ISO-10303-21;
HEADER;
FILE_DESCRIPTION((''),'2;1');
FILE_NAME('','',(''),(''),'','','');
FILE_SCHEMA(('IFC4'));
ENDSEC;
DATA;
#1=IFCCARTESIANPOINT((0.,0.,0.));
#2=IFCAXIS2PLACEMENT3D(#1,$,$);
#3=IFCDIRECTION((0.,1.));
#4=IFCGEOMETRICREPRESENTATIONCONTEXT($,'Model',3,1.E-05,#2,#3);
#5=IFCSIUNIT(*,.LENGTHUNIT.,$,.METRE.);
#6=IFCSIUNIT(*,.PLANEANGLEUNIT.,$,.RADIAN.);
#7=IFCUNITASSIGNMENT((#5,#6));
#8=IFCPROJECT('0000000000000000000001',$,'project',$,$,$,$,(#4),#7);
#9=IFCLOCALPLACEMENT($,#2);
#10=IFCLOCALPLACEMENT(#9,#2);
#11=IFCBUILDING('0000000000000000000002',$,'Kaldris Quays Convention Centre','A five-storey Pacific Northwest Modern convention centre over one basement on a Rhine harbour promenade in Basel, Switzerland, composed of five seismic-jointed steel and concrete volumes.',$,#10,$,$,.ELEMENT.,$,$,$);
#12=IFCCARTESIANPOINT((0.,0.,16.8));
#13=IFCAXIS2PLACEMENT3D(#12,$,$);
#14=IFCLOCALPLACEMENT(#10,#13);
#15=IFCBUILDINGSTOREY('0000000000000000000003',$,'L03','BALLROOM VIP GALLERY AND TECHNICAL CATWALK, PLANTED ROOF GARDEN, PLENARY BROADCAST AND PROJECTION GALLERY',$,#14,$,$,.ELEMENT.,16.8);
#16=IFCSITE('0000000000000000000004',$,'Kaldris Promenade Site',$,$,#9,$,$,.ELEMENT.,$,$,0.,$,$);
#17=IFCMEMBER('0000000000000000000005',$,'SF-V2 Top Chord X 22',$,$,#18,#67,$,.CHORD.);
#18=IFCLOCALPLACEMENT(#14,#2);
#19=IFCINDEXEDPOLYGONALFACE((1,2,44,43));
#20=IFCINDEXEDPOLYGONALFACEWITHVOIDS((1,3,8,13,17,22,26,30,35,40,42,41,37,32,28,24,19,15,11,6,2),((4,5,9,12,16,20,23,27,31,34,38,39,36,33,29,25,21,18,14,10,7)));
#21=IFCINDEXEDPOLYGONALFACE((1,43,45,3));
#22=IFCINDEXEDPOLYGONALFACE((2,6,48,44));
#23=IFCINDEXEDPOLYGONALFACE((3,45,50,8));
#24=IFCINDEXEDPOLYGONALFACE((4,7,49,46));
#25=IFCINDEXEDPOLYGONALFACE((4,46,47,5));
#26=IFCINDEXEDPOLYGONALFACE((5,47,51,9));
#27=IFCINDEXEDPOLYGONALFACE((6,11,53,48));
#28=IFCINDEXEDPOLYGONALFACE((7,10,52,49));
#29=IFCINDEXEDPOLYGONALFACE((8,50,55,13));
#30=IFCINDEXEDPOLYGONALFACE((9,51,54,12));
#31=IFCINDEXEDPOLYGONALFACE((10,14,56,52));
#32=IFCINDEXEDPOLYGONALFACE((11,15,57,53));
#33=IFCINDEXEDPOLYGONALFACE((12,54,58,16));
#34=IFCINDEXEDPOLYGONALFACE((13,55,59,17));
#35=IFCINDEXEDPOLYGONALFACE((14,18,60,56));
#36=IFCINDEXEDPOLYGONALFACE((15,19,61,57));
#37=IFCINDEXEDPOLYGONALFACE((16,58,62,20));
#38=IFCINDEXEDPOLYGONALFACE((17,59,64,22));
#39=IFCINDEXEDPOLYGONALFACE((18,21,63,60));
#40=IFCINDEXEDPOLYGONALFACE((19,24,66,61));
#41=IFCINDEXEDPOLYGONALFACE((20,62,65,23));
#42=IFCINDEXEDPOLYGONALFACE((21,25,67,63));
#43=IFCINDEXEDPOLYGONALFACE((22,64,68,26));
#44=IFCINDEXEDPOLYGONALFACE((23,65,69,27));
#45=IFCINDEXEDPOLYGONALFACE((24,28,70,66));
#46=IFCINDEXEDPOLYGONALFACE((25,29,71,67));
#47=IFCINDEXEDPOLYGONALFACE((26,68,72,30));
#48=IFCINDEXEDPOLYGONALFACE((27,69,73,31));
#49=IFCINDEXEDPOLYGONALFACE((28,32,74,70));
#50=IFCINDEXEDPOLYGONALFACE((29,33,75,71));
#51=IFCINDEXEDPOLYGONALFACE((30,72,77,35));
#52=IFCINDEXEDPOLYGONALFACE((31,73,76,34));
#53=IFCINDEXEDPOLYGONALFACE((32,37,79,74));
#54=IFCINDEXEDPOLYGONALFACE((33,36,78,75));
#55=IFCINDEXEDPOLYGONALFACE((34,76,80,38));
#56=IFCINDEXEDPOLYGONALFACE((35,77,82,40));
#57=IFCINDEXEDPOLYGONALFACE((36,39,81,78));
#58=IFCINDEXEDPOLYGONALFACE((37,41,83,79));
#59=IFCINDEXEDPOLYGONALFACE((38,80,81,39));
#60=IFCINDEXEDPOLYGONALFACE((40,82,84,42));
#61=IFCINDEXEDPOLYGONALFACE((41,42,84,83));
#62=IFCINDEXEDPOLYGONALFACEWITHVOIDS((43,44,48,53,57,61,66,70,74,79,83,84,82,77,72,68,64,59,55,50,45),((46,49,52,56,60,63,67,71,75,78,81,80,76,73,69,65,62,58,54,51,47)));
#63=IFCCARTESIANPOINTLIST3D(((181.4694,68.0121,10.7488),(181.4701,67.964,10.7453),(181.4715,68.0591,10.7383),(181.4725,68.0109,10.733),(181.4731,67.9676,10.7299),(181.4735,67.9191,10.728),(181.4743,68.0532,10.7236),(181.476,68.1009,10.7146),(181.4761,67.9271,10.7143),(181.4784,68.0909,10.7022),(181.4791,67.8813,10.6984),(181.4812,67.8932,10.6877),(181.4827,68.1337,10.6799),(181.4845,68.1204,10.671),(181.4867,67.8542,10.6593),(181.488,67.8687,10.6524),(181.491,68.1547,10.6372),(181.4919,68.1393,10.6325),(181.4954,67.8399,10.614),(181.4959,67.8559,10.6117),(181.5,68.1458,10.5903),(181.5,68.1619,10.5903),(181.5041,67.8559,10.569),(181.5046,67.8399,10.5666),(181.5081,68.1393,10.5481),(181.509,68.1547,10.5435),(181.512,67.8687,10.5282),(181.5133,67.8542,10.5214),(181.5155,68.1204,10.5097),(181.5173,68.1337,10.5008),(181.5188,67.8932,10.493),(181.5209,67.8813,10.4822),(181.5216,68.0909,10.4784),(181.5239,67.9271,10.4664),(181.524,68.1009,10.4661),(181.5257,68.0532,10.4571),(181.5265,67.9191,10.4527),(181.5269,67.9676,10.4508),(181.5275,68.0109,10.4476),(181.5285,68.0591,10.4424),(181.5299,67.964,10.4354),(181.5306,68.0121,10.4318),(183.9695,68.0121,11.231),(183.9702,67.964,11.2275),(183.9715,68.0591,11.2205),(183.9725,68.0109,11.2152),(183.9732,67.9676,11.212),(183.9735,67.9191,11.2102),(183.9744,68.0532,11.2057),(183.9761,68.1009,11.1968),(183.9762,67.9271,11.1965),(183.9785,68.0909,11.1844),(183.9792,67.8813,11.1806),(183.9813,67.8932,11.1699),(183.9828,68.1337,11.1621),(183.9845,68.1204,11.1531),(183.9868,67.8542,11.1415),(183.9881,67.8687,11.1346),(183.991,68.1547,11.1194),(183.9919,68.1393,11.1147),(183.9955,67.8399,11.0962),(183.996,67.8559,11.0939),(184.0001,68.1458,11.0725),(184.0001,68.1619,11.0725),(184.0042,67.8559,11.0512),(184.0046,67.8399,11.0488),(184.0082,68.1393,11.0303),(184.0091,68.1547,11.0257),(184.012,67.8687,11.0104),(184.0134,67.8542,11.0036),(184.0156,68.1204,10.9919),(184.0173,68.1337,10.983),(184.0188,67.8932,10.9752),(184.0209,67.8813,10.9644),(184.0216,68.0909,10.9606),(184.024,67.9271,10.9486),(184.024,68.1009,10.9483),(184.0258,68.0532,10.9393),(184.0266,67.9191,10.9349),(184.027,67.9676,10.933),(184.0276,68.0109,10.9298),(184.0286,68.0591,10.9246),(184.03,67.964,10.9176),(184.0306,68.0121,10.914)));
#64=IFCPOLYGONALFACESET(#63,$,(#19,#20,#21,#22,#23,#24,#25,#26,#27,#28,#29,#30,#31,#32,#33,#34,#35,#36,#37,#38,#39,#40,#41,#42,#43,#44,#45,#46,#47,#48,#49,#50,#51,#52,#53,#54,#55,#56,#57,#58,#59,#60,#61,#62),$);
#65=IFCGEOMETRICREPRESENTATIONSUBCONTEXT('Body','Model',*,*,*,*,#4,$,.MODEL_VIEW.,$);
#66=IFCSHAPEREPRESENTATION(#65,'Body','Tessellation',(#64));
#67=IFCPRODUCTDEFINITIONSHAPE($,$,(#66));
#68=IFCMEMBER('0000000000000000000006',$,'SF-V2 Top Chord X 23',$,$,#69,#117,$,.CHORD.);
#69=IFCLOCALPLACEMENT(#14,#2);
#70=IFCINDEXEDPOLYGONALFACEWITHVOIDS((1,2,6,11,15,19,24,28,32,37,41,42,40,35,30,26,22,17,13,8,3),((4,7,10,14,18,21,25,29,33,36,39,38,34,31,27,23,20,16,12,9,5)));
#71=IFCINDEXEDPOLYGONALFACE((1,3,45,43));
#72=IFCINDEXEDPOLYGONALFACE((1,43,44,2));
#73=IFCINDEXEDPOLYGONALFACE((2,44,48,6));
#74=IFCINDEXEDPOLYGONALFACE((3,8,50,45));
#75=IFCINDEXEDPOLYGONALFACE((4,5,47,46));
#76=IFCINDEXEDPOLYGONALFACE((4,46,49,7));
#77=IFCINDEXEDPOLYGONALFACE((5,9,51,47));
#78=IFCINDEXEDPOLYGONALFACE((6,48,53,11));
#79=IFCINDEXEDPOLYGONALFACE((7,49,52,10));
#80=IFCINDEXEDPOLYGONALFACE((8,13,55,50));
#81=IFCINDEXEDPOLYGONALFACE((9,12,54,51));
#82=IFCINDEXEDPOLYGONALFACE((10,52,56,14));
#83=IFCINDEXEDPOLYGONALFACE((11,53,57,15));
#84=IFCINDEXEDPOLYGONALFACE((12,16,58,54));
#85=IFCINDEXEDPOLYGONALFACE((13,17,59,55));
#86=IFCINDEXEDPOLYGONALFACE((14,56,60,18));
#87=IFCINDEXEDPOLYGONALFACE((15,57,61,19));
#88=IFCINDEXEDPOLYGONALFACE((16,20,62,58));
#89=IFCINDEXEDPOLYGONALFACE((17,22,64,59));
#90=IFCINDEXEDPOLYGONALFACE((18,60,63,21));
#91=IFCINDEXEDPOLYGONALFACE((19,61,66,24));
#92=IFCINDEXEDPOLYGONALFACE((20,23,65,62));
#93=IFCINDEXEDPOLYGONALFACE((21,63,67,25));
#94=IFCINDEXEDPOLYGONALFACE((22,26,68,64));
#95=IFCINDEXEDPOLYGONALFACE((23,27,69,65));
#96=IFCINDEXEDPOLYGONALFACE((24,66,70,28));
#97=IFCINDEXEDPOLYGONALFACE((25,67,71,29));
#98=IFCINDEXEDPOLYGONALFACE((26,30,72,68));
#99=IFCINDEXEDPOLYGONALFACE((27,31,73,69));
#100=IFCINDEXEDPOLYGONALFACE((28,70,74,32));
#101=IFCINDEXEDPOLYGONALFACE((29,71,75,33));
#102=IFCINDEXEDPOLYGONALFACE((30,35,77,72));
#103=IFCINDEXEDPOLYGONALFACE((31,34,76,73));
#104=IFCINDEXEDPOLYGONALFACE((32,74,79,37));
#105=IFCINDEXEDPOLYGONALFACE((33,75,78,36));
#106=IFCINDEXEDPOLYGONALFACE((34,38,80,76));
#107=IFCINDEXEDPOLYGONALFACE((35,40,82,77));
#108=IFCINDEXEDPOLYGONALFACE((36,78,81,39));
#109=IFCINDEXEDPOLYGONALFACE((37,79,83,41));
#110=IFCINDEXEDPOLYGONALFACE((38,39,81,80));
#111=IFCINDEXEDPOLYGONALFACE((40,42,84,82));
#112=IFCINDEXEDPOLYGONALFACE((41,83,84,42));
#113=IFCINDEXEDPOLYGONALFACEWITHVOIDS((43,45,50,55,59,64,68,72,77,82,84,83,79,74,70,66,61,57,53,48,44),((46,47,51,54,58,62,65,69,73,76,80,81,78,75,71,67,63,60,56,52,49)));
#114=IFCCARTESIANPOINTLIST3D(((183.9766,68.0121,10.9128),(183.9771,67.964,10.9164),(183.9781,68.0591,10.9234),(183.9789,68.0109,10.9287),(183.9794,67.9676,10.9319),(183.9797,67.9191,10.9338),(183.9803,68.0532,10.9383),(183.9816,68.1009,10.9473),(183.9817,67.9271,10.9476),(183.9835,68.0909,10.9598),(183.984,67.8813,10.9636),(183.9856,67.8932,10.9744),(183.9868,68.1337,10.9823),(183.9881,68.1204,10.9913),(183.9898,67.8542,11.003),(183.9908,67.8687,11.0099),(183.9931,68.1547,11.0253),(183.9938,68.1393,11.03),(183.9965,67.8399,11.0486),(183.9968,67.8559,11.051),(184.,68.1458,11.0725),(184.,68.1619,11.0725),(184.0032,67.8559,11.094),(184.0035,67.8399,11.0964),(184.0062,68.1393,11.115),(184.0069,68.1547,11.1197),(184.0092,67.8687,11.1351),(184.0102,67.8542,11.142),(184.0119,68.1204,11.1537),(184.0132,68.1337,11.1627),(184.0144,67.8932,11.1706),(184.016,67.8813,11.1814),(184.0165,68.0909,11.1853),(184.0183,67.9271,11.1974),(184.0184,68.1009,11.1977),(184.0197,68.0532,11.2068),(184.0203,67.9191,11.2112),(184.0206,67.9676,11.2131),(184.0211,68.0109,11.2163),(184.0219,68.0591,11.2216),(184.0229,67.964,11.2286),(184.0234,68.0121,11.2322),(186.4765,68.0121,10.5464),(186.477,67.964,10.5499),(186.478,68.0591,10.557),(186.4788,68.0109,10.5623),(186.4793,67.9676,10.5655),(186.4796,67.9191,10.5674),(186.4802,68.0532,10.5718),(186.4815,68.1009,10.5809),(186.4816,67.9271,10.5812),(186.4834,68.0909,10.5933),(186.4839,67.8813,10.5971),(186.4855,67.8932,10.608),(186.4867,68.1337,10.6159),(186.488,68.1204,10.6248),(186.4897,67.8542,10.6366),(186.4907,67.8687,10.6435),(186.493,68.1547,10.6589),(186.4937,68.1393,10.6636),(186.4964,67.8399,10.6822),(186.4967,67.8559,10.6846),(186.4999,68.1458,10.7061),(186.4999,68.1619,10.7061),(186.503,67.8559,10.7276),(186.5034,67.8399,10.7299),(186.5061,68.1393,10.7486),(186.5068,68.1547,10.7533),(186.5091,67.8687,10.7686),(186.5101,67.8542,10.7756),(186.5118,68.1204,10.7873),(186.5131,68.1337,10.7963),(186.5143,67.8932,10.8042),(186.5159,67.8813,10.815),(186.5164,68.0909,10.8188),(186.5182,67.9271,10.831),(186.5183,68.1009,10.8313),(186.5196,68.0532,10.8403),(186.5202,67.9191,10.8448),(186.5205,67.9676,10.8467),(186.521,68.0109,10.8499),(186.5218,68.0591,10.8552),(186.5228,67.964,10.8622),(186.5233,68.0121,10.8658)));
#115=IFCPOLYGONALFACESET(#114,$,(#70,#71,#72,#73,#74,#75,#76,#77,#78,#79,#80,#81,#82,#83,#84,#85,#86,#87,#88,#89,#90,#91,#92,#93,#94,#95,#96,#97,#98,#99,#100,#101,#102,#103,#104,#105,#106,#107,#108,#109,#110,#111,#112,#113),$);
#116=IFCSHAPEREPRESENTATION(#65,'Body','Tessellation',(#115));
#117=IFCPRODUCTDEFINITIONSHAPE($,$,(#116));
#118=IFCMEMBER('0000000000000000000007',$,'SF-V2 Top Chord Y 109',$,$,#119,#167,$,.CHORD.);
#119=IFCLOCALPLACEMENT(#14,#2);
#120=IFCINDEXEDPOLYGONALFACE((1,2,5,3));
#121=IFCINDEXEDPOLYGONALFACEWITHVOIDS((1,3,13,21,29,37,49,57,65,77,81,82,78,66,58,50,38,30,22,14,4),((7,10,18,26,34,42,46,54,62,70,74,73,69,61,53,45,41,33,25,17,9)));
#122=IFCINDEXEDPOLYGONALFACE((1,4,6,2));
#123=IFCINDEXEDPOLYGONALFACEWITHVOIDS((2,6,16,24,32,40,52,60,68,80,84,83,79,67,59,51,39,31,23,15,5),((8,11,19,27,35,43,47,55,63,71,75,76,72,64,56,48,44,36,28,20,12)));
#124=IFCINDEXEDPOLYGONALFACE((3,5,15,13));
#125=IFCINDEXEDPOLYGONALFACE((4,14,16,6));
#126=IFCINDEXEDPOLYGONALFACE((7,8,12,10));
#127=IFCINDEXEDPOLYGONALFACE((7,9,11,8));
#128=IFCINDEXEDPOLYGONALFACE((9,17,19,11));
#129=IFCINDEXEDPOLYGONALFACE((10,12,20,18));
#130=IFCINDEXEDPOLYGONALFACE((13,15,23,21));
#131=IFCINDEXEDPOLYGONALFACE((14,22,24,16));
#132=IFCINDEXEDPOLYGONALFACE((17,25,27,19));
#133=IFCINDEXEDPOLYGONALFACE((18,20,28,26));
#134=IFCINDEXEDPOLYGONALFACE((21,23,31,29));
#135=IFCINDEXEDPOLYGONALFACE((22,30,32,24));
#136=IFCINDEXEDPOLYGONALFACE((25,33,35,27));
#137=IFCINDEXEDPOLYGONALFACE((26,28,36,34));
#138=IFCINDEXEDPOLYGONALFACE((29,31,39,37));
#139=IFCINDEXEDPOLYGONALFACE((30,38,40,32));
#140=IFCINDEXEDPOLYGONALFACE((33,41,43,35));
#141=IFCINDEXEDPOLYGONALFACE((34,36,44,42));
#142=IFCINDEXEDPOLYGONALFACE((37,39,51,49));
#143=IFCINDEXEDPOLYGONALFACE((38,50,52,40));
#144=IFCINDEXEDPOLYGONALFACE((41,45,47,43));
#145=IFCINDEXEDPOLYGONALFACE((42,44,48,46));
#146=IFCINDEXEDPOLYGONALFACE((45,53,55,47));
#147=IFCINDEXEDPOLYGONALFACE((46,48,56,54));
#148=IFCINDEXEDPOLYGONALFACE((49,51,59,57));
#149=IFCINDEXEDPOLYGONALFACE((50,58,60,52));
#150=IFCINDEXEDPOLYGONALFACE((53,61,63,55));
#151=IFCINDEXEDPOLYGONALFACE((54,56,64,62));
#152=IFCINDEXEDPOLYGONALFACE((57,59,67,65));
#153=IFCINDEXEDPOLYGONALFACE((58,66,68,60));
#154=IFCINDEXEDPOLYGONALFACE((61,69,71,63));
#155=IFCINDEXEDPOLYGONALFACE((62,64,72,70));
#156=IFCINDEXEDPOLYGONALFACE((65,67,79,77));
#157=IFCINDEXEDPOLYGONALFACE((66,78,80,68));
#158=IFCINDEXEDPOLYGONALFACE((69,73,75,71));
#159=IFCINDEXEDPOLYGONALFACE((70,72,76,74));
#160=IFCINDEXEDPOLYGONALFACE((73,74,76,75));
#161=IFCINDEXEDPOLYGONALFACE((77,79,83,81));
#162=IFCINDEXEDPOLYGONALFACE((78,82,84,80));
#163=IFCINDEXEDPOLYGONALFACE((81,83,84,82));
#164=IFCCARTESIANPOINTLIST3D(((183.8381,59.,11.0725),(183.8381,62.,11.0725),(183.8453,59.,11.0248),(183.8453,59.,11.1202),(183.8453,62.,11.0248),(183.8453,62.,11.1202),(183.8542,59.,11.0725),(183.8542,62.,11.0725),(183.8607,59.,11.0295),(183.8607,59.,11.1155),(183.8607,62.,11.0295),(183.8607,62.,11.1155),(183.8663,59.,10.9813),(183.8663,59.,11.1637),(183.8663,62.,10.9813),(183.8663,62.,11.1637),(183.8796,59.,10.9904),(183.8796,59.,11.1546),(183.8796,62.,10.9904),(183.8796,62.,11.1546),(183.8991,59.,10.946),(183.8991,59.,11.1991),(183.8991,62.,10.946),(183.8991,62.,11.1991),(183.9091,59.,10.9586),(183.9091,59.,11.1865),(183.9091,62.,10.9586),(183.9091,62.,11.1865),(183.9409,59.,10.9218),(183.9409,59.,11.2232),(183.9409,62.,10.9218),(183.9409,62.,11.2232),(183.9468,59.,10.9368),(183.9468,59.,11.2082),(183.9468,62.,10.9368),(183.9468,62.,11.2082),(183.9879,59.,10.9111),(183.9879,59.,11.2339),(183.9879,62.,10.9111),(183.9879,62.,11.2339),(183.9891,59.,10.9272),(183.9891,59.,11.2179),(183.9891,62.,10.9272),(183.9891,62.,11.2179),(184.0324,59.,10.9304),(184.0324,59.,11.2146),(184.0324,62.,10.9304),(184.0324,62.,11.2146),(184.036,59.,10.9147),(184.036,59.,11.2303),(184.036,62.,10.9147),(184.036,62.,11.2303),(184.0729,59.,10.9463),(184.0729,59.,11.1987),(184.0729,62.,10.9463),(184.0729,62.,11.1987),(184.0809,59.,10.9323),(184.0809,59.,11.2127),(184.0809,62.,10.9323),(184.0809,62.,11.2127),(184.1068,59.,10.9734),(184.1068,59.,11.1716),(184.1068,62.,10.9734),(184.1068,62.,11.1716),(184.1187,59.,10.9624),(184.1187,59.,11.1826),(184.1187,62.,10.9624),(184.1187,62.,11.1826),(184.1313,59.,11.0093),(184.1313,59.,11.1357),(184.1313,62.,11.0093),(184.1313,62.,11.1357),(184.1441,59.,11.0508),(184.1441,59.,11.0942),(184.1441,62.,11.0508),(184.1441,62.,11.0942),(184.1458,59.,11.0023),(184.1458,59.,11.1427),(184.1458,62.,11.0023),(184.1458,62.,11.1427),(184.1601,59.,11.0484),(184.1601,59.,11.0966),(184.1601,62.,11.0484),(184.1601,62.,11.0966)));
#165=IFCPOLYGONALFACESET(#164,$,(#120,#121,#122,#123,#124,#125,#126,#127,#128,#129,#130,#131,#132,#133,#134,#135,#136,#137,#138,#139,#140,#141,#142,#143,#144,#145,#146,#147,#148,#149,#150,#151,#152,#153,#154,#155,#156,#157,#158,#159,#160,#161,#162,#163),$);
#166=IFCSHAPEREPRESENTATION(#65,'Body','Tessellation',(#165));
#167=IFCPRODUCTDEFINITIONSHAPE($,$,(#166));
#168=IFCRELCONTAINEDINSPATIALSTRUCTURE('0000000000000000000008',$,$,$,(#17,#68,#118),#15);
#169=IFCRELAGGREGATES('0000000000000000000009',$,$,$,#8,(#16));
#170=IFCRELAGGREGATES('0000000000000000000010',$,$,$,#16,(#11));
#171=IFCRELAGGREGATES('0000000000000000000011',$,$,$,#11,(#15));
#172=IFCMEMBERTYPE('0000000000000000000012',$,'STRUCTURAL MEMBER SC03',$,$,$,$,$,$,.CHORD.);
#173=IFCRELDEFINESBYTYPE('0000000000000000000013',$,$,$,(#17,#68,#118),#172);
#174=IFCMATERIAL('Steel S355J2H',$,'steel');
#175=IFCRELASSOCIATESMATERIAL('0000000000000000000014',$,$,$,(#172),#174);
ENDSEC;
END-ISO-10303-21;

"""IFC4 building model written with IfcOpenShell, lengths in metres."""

from ifc_helpers import new_model, si_unit, direction, frame, origin, origin_2d, place, context, subcontext, project, spatial, hollow_circle, extrude, material, material_profile, profile_set, type_object, element, save


model = new_model("IFC4")

# Units and contexts
model_context = context("Model", 3, precision=1e-05, world=origin(), true_north=direction((0.0, 1.0)))
body_context = subcontext(model_context, "Body", "Model", "MODEL_VIEW")
ifc_project = project(units=[si_unit("LENGTHUNIT", "METRE"), si_unit("PLANEANGLEUNIT", "RADIAN")], contexts=[model_context])

# Site, building, storey
site_placement = place(None, origin())
site = spatial("IfcSite", under=ifc_project, at=site_placement, Name="Kaldris Promenade Site", CompositionType="ELEMENT", RefElevation=0.0)
building_placement = place(site_placement, origin())
building = spatial("IfcBuilding", under=site, at=building_placement, Name="Kaldris Quays Convention Centre", Description="A five-storey Pacific Northwest Modern convention centre over one basement on a Rhine harbour promenade in Basel, Switzerland, composed of five seismic-jointed steel and concrete volumes.", CompositionType="ELEMENT")
storey_placement = place(building_placement, frame((0.0, 0.0, 16.8)))
storey = spatial("IfcBuildingStorey", under=building, at=storey_placement, Name="L03", Description="BALLROOM VIP GALLERY AND TECHNICAL CATWALK, PLANTED ROOF GARDEN, PLENARY BROADCAST AND PROJECTION GALLERY", CompositionType="ELEMENT", Elevation=16.8)

# Members
ifc_material_1 = material(Name="Steel S355J2H", Category="steel")
ifc_material_profile_1 = material_profile(ifc_material_1, hollow_circle(Radius=0.1619, WallThickness=0.0161, at=origin_2d()), Name="CHS 323.9x16")
ifc_profile_set_1 = profile_set([ifc_material_profile_1], Name="Steel S355J2H")
member_type_1 = type_object("IfcMemberType", Name="STRUCTURAL MEMBER SC03", PredefinedType="CHORD", material=ifc_profile_set_1)
member_1_placement = place(storey_placement, frame((181.5, 68.0, 10.5903), z_axis=(0.981904, 0.0, 0.189381), x_axis=(0.0, 1.0, 0.0)))
element("IfcMember", 1, at=member_1_placement, inside=storey, type_object=member_type_1, Name="SF-V2 Top Chord X 22", PredefinedType="CHORD", context=body_context, shape_type="SweptSolid", body=[
    extrude(hollow_circle(Radius=0.1619, WallThickness=0.0161, at=origin_2d()), origin(), (0.0, 0.0, 1.0), 2.5461),
])
member_2_placement = place(storey_placement, frame((184.0, 68.0, 11.0725), z_axis=(0.989427, 0.0, -0.145032), x_axis=(0.0, 1.0, 0.0)))
element("IfcMember", 2, at=member_2_placement, inside=storey, type_object=member_type_1, Name="SF-V2 Top Chord X 23", PredefinedType="CHORD", context=body_context, shape_type="SweptSolid", body=[
    extrude(hollow_circle(Radius=0.1619, WallThickness=0.0161, at=origin_2d()), origin(), (0.0, 0.0, 1.0), 2.5266),
])
for number, where, z_axis, x_axis, name in (
    (3, (184.0, 59.0, 11.0725), (0.0, 1.0, 0.0), (-1.0, 0.0, 0.0), "SF-V2 Top Chord Y 109"),
):
    element("IfcMember", number, at=place(storey_placement, frame(where, z_axis=z_axis, x_axis=x_axis)), inside=storey, type_object=member_type_1, Name=name, PredefinedType="CHORD", context=body_context, shape_type="SweptSolid", body=[
        extrude(hollow_circle(Radius=0.1619, WallThickness=0.0161, at=origin_2d()), origin(), (0.0, 0.0, 1.0), 3.0),
    ])

save(model, "model.ifc")
